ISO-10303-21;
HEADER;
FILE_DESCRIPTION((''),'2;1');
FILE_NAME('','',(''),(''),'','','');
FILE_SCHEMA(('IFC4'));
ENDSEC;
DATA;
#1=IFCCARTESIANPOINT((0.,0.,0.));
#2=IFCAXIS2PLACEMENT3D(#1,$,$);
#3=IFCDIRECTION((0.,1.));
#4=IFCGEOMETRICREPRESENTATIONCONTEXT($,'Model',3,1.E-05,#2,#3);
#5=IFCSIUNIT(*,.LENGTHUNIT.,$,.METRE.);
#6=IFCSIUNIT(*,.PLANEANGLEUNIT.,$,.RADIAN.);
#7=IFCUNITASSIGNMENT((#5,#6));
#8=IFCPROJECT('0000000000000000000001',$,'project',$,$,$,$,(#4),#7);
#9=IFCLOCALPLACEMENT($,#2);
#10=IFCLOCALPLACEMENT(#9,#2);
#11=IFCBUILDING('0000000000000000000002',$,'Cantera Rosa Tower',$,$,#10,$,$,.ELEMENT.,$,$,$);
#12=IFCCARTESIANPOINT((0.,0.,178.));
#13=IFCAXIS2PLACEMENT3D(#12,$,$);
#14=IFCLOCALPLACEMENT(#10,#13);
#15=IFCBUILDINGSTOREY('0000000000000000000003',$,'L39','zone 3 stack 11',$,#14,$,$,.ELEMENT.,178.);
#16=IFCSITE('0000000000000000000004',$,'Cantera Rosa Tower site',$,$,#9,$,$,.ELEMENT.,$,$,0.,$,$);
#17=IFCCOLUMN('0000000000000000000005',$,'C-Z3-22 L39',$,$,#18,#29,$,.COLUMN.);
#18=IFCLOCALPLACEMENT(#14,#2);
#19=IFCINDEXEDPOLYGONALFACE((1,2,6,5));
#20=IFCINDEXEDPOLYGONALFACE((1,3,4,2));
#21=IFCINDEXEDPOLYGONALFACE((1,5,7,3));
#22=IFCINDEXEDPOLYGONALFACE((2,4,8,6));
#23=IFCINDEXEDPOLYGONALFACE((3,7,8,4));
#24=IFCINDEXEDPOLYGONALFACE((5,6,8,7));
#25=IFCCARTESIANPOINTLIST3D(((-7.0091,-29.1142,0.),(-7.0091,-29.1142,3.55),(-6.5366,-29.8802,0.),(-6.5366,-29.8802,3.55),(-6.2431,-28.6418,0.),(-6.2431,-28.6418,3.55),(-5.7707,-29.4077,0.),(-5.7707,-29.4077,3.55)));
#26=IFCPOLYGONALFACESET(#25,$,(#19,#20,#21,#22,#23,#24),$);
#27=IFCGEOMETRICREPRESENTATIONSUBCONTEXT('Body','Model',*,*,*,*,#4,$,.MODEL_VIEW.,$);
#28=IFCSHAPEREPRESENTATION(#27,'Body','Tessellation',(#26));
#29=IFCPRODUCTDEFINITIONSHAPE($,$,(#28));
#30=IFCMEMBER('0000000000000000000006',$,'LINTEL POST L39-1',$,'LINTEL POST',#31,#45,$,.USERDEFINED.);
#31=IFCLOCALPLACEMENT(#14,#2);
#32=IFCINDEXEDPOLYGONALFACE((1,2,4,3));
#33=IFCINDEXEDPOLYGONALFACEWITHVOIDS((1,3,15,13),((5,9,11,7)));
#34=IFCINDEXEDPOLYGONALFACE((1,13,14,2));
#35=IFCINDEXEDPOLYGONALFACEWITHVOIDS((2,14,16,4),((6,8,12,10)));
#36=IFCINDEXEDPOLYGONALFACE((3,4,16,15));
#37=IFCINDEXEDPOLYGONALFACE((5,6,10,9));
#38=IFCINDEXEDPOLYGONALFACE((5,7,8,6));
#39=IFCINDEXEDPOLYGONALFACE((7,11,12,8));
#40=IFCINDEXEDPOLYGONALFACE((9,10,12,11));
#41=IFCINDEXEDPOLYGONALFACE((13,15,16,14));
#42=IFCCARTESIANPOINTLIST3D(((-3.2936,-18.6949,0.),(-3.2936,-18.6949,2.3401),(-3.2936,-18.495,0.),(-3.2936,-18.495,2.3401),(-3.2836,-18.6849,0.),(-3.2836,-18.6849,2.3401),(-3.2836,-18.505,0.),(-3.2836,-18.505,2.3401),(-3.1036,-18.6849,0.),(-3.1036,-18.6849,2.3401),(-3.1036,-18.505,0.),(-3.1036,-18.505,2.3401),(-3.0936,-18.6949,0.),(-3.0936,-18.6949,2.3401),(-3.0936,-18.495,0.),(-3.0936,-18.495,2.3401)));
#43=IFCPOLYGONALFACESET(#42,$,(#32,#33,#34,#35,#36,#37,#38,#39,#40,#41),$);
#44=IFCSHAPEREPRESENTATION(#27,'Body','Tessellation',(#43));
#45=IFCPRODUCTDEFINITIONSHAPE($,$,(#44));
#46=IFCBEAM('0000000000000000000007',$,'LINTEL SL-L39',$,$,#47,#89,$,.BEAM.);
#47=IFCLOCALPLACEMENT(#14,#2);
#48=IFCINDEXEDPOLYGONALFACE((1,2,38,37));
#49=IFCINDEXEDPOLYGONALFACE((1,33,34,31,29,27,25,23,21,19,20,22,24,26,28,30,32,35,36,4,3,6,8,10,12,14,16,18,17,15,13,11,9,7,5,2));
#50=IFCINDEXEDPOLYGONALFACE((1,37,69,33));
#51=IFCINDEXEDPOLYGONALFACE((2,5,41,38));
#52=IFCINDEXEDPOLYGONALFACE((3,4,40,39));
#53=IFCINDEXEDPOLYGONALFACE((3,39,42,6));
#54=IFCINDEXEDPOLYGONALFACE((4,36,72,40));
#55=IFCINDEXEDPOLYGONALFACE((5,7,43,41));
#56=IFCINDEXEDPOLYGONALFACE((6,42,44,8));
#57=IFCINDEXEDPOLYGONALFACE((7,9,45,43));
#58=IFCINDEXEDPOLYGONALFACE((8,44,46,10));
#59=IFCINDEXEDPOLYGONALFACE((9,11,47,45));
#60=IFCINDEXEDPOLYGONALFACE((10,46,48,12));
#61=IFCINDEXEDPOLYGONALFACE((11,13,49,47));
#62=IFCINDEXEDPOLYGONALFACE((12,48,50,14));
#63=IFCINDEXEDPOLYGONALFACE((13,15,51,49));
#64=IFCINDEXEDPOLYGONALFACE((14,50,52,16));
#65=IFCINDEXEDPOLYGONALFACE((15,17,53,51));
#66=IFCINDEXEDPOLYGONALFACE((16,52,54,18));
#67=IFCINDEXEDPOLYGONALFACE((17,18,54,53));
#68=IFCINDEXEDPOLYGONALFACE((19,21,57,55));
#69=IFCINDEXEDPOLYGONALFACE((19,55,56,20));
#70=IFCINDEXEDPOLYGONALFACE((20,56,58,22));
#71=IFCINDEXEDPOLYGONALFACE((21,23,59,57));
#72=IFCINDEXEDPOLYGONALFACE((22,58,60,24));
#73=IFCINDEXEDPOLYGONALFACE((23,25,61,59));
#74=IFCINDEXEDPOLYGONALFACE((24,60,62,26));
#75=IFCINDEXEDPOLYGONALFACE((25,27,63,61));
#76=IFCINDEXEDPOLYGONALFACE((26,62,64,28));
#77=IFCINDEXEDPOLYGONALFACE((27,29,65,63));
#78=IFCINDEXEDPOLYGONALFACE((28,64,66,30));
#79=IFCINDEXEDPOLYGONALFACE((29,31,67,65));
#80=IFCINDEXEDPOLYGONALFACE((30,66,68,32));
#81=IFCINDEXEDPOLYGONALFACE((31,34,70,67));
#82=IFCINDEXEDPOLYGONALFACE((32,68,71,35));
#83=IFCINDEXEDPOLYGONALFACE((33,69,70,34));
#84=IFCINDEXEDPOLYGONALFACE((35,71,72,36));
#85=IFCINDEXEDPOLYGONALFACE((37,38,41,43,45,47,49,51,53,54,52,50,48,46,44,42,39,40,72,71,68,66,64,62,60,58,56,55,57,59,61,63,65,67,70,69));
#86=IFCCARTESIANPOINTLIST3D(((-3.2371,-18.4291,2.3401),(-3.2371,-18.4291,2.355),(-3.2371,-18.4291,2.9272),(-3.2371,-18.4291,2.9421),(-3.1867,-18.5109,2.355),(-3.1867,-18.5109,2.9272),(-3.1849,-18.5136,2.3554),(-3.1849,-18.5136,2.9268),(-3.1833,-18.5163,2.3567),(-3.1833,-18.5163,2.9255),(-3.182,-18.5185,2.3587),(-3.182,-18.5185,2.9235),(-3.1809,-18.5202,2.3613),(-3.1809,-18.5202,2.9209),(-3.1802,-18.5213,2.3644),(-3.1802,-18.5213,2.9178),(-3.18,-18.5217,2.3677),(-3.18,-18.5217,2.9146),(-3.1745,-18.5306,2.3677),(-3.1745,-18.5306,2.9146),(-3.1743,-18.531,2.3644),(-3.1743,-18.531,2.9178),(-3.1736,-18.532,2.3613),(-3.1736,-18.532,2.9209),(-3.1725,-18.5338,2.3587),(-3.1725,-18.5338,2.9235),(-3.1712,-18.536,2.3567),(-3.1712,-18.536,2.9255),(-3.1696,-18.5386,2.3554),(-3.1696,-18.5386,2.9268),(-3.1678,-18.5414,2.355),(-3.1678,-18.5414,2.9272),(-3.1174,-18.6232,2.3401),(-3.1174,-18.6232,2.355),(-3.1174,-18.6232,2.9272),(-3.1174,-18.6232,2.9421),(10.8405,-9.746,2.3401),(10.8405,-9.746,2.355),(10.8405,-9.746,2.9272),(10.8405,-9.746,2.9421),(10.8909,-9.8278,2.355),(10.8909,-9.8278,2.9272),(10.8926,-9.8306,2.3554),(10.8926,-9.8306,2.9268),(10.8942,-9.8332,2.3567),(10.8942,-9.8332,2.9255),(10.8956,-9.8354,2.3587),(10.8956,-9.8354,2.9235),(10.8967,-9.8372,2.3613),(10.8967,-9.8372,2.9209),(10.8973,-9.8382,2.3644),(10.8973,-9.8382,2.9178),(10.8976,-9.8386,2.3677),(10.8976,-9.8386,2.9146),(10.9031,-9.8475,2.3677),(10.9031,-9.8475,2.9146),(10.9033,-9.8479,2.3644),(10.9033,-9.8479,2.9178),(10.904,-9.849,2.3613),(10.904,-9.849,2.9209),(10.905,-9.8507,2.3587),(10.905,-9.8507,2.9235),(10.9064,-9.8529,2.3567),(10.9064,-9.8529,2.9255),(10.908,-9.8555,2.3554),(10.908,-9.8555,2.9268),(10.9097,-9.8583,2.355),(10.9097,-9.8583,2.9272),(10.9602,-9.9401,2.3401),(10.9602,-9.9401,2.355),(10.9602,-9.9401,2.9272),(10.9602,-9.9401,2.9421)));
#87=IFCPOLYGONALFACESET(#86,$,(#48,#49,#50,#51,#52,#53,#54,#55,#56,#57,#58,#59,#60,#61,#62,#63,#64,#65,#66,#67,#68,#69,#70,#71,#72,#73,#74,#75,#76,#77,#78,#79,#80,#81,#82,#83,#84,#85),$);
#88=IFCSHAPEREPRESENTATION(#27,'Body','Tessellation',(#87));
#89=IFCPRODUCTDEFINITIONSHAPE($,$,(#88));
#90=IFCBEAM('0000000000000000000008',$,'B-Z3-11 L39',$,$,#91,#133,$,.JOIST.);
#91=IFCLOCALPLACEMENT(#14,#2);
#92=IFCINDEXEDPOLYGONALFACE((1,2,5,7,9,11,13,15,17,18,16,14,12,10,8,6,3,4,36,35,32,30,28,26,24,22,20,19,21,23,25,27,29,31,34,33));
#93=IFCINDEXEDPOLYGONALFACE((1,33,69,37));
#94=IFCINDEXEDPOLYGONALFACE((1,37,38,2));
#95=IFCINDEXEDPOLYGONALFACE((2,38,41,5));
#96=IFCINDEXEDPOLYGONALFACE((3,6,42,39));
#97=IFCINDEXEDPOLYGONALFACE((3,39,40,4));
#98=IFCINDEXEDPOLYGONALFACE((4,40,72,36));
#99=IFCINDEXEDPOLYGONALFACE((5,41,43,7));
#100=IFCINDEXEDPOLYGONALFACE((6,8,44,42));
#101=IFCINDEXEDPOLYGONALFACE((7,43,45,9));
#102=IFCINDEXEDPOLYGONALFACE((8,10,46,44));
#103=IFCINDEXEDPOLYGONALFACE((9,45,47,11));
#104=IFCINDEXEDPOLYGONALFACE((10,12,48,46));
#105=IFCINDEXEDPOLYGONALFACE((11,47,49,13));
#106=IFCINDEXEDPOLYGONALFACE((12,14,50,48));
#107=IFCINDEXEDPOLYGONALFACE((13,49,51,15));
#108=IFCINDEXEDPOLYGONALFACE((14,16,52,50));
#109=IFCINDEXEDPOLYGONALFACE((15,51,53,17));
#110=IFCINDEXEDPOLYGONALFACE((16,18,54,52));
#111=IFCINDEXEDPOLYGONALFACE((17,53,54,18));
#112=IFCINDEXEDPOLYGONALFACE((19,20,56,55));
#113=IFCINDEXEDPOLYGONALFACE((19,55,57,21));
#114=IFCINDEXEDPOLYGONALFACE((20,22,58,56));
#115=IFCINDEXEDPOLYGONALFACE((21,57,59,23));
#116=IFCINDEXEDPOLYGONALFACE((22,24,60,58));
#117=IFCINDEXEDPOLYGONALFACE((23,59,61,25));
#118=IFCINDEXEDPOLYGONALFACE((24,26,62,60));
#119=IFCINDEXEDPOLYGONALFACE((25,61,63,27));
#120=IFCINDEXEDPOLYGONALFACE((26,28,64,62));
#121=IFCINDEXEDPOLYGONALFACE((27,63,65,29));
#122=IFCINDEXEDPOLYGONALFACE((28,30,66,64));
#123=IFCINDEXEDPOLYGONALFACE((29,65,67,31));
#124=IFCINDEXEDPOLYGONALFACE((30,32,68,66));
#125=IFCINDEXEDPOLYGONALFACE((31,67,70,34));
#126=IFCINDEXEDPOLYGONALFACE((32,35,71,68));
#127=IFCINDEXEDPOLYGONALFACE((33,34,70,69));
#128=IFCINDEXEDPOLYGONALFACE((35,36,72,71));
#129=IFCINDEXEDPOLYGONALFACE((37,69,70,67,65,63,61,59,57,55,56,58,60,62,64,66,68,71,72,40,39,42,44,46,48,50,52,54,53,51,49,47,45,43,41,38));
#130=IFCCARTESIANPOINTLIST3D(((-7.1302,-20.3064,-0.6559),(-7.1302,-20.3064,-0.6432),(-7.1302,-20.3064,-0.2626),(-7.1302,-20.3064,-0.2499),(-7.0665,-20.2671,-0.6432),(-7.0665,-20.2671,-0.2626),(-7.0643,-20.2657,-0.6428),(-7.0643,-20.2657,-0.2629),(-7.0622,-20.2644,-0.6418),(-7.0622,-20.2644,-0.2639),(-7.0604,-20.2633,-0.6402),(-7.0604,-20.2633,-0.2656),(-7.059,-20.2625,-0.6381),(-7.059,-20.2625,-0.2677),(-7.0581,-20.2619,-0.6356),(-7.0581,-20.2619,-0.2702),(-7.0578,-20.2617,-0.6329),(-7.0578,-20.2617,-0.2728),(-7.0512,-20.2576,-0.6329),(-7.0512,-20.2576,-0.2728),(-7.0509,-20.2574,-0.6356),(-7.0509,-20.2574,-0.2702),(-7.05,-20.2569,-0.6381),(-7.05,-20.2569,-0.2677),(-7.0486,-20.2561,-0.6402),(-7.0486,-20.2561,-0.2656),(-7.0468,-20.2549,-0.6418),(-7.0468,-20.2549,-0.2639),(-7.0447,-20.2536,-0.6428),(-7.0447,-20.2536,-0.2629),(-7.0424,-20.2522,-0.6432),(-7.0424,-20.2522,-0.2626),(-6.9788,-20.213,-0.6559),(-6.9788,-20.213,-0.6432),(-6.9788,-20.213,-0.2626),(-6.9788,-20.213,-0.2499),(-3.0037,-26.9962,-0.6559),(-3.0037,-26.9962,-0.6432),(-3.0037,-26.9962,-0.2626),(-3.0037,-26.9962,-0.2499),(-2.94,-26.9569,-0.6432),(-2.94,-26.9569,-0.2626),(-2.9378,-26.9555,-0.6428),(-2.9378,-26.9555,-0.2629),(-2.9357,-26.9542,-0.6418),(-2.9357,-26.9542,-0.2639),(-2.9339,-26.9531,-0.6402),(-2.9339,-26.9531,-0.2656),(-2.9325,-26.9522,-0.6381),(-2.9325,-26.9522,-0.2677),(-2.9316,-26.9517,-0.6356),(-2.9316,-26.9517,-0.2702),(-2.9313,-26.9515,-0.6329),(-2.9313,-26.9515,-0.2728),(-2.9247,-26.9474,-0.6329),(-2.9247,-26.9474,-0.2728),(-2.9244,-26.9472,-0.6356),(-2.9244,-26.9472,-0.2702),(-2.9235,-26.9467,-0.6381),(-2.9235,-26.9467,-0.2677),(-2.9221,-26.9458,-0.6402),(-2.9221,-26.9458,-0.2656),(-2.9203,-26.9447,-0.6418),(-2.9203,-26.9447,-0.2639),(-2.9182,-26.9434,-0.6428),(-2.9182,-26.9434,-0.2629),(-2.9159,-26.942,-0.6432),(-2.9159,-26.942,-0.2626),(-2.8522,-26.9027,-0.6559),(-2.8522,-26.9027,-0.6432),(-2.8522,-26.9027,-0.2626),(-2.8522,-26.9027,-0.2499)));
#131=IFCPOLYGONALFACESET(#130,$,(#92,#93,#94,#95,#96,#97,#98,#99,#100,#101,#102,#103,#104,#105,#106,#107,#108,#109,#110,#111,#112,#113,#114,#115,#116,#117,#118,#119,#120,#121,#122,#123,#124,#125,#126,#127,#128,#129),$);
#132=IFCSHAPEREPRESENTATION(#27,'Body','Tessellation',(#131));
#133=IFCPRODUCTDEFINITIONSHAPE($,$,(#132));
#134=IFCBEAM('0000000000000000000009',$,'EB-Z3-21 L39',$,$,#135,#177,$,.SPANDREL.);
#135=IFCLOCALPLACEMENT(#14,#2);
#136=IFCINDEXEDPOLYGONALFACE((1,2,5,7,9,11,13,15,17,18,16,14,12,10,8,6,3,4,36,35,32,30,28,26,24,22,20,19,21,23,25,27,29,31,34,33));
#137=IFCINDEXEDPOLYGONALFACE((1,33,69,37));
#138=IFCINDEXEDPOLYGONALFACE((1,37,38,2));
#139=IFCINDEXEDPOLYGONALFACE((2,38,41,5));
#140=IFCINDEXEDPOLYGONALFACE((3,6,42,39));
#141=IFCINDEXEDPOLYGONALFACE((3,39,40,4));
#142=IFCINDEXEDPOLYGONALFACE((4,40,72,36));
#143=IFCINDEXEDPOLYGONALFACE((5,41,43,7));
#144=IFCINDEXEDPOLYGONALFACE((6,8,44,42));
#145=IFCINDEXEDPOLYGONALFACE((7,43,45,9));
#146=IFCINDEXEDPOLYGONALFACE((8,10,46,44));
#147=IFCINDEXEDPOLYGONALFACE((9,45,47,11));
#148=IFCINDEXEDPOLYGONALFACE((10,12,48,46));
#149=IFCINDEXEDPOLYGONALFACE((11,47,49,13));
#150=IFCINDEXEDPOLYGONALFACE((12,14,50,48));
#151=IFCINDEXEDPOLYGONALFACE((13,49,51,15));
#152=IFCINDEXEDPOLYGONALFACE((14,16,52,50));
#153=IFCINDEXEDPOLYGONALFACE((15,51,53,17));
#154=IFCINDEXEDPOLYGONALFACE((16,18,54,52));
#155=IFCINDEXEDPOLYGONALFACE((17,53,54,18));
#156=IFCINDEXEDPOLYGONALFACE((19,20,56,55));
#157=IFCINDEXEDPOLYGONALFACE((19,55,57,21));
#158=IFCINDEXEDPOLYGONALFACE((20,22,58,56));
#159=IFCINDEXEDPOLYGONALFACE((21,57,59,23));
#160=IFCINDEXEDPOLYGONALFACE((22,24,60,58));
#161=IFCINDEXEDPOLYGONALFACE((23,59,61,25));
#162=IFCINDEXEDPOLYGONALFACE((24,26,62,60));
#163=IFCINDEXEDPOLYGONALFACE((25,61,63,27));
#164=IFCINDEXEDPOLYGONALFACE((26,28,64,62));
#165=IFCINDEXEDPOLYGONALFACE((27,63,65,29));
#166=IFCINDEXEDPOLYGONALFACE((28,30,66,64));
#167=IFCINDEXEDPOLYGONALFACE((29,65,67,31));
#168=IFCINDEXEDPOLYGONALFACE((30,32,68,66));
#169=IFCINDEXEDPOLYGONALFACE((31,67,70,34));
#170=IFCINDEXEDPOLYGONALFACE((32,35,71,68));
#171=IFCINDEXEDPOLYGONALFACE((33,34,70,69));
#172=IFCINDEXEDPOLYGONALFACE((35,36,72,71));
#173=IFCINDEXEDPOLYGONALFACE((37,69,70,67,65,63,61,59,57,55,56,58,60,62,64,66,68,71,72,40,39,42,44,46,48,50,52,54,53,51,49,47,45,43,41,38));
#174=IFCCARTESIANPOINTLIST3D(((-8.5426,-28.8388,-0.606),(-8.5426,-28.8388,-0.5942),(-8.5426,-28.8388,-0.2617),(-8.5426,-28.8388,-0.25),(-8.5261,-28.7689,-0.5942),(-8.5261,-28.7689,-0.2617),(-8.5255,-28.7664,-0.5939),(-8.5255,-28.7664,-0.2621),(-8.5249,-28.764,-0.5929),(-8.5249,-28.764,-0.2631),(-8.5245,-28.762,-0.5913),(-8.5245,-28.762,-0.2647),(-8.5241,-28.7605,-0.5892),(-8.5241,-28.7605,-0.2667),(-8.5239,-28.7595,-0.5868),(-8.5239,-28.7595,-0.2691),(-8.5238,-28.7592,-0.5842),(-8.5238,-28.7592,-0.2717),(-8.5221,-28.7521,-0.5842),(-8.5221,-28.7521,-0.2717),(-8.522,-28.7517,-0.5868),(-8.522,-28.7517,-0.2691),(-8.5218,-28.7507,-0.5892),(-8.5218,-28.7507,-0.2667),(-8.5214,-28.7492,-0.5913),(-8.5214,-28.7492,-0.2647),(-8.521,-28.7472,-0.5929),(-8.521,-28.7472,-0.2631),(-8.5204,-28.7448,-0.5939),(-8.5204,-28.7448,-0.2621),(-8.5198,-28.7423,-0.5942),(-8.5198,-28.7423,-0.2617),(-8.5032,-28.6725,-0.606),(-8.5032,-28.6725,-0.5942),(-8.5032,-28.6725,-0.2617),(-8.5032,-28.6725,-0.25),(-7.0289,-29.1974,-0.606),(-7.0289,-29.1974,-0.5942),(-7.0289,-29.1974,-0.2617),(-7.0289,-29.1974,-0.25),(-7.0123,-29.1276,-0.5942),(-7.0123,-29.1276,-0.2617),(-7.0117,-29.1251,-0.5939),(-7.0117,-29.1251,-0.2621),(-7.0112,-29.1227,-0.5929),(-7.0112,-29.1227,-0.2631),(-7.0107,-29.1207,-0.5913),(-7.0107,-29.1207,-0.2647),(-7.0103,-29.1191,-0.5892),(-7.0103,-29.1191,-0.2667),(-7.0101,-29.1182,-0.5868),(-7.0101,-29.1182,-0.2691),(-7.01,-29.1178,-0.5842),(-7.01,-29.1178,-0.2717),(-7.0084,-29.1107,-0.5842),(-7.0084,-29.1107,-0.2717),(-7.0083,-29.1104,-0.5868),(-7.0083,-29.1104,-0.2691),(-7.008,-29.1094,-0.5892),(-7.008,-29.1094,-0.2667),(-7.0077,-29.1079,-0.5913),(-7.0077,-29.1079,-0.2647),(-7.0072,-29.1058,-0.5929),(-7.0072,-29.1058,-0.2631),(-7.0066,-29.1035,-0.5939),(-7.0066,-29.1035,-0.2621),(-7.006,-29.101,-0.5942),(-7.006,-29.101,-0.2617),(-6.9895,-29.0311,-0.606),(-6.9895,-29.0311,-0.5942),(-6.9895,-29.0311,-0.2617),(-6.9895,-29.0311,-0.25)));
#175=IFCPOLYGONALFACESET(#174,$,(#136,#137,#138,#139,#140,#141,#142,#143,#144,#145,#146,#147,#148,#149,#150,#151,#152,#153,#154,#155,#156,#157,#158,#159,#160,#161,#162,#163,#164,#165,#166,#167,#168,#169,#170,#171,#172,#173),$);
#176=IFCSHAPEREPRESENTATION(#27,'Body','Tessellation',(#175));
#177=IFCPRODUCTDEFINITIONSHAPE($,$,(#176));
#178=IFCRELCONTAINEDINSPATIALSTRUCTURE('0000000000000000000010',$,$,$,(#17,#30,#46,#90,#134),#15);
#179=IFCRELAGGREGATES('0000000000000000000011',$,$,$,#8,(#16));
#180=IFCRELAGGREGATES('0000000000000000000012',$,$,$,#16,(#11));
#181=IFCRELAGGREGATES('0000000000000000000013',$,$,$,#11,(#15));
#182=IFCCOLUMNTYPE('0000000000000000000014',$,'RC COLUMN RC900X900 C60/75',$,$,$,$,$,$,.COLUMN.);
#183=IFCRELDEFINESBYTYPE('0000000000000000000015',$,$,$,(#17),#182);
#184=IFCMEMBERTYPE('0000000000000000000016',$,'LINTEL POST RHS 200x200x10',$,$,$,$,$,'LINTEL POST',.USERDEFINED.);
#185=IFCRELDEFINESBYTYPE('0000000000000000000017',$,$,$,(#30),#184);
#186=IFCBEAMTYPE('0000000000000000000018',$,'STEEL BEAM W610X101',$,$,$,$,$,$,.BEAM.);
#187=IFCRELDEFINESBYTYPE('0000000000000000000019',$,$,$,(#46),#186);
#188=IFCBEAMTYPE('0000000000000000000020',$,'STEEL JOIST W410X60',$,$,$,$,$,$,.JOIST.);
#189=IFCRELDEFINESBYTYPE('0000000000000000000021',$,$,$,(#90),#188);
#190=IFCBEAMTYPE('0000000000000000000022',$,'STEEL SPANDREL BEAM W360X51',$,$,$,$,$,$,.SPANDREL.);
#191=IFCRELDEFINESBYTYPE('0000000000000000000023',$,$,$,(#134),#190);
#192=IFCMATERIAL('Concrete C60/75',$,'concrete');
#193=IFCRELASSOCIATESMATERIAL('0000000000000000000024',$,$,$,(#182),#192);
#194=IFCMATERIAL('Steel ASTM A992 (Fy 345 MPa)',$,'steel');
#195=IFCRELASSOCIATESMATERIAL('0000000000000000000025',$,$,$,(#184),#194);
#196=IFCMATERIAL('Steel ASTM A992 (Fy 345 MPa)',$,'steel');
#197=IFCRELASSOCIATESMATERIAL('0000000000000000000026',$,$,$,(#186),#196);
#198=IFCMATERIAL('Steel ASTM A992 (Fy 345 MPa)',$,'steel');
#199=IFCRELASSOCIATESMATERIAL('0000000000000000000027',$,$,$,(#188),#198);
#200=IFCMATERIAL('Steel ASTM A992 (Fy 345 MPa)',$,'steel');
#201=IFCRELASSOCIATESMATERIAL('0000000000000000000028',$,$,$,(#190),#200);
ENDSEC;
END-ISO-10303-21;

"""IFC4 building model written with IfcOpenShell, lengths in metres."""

from ifc_helpers import new_model, si_unit, direction, frame, origin, origin_2d, place, context, subcontext, project, spatial, rectangle, hollow_rectangle, i_section, extrude, material, material_profile, profile_set, type_object, element, save


model = new_model("IFC4")

# Units and contexts
model_context = context("Model", 3, precision=1e-05, world=origin(), true_north=direction((0.0, 1.0)))
body_context = subcontext(model_context, "Body", "Model", "MODEL_VIEW")
ifc_project = project(units=[si_unit("LENGTHUNIT", "METRE"), si_unit("PLANEANGLEUNIT", "RADIAN")], contexts=[model_context])

# Site, building, storey
site_placement = place(None, origin())
site = spatial("IfcSite", under=ifc_project, at=site_placement, Name="Cantera Rosa Tower site", CompositionType="ELEMENT", RefElevation=0.0)
building_placement = place(site_placement, origin())
building = spatial("IfcBuilding", under=site, at=building_placement, Name="Cantera Rosa Tower", CompositionType="ELEMENT")
storey_placement = place(building_placement, frame((0.0, 0.0, 178.0)))
storey = spatial("IfcBuildingStorey", under=building, at=storey_placement, Name="L39", Description="zone 3 stack 11", CompositionType="ELEMENT", Elevation=178.0)

# Column
ifc_material_1 = material(Name="Concrete C60/75", Category="concrete")
ifc_material_profile_1 = material_profile(ifc_material_1, rectangle(XDim=0.8999, YDim=0.8999, at=origin_2d()), Name="RC COLUMN RC900X900 C60/75")
ifc_profile_set_1 = profile_set([ifc_material_profile_1], Name="Concrete C60/75")
column_type = type_object("IfcColumnType", Name="RC COLUMN RC900X900 C60/75", PredefinedType="COLUMN", material=ifc_profile_set_1)
column_placement = place(storey_placement, frame((-6.3899, -29.261, 0.0), z_axis=(0.0, 0.0, 1.0), x_axis=(0.851117, 0.524977, 0.0)))
element("IfcColumn", 1, at=column_placement, inside=storey, type_object=column_type, Name="C-Z3-22 L39", PredefinedType="COLUMN", context=body_context, shape_type="SweptSolid", body=[
    extrude(rectangle(XDim=0.8999, YDim=0.8999, at=origin_2d()), origin(), (0.0, 0.0, 1.0), 3.55),
])

# Member
ifc_material_2 = material(Name="Steel ASTM A992 (Fy 345 MPa)", Category="steel")
ifc_material_profile_2 = material_profile(ifc_material_2, hollow_rectangle(XDim=0.2, YDim=0.2, WallThickness=0.01, at=origin_2d()), Name="LINTEL POST RHS 200x200x10")
ifc_profile_set_2 = profile_set([ifc_material_profile_2], Name="Steel ASTM A992 (Fy 345 MPa)")
member_type = type_object("IfcMemberType", Name="LINTEL POST RHS 200x200x10", ElementType="LINTEL POST", PredefinedType="USERDEFINED", material=ifc_profile_set_2)
member_placement = place(storey_placement, frame((-3.1936, -18.595, 0.0), z_axis=(0.0, 0.0, 1.0), x_axis=(1.0, 0.0, 0.0)))
element("IfcMember", 2, at=member_placement, inside=storey, type_object=member_type, Name="LINTEL POST L39-1", ObjectType="LINTEL POST", PredefinedType="USERDEFINED", context=body_context, shape_type="SweptSolid", body=[
    extrude(hollow_rectangle(XDim=0.2, YDim=0.2, WallThickness=0.01, at=origin_2d()), origin(), (0.0, 0.0, 1.0), 2.3401),
])

# Beams
ifc_material_3 = material(Name="Steel ASTM A992 (Fy 345 MPa)", Category="steel")
ifc_material_profile_3 = material_profile(ifc_material_3, i_section(OverallWidth=0.228, OverallDepth=0.6021, WebThickness=0.0105, FlangeThickness=0.0149, FilletRadius=0.0127, at=origin_2d()), Name="W610X101")
ifc_profile_set_3 = profile_set([ifc_material_profile_3], Name="Steel ASTM A992 (Fy 345 MPa)")
beam_type_1 = type_object("IfcBeamType", Name="STEEL BEAM W610X101", PredefinedType="BEAM", material=ifc_profile_set_3)
beam_1_placement = place(storey_placement, frame((-3.1772, -18.5261, 2.6411), z_axis=(0.85112, 0.524972, 0.0), x_axis=(-0.524972, 0.85112, 0.0)))
element("IfcBeam", 3, at=beam_1_placement, inside=storey, type_object=beam_type_1, Name="LINTEL SL-L39", PredefinedType="BEAM", context=body_context, shape_type="SweptSolid", body=[
    extrude(i_section(OverallWidth=0.228, OverallDepth=0.6021, WebThickness=0.0105, FlangeThickness=0.0149, FilletRadius=0.0127, at=origin_2d()), origin(), (0.0, 0.0, 1.0), 16.54),
])
ifc_material_4 = material(Name="Steel ASTM A992 (Fy 345 MPa)", Category="steel")
ifc_material_profile_4 = material_profile(ifc_material_4, i_section(OverallWidth=0.178, OverallDepth=0.406, WebThickness=0.0078, FlangeThickness=0.0127, FilletRadius=0.0103, at=origin_2d()), Name="W410X60")
ifc_profile_set_4 = profile_set([ifc_material_profile_4], Name="Steel ASTM A992 (Fy 345 MPa)")
beam_type_2 = type_object("IfcBeamType", Name="STEEL JOIST W410X60", PredefinedType="JOIST", material=ifc_profile_set_4)
beam_2_placement = place(storey_placement, frame((-2.928, -26.9495, -0.4529), z_axis=(-0.524995, 0.851105, 0.0), x_axis=(-0.851105, -0.524995, 0.0)))
element("IfcBeam", 4, at=beam_2_placement, inside=storey, type_object=beam_type_2, Name="B-Z3-11 L39", PredefinedType="JOIST", context=body_context, shape_type="SweptSolid", body=[
    extrude(i_section(OverallWidth=0.178, OverallDepth=0.406, WebThickness=0.0078, FlangeThickness=0.0127, FilletRadius=0.0103, at=origin_2d()), origin(), (0.0, 0.0, 1.0), 7.8601),
])
ifc_material_5 = material(Name="Steel ASTM A992 (Fy 345 MPa)", Category="steel")
ifc_material_profile_5 = material_profile(ifc_material_5, i_section(OverallWidth=0.1709, OverallDepth=0.356, WebThickness=0.0073, FlangeThickness=0.0117, FilletRadius=0.01, at=origin_2d()), Name="W360X51")
ifc_profile_set_5 = profile_set([ifc_material_profile_5], Name="Steel ASTM A992 (Fy 345 MPa)")
beam_type_3 = type_object("IfcBeamType", Name="STEEL SPANDREL BEAM W360X51", PredefinedType="SPANDREL", material=ifc_profile_set_5)
beam_3_placement = place(storey_placement, frame((-8.5229, -28.7556, -0.428), z_axis=(0.97306, -0.230552, 0.0), x_axis=(0.230552, 0.97306, 0.0)))
element("IfcBeam", 5, at=beam_3_placement, inside=storey, type_object=beam_type_3, Name="EB-Z3-21 L39", PredefinedType="SPANDREL", context=body_context, shape_type="SweptSolid", body=[
    extrude(i_section(OverallWidth=0.1709, OverallDepth=0.356, WebThickness=0.0073, FlangeThickness=0.0117, FilletRadius=0.01, at=origin_2d()), origin(), (0.0, 0.0, 1.0), 1.5557),
])

save(model, "model.ifc")
